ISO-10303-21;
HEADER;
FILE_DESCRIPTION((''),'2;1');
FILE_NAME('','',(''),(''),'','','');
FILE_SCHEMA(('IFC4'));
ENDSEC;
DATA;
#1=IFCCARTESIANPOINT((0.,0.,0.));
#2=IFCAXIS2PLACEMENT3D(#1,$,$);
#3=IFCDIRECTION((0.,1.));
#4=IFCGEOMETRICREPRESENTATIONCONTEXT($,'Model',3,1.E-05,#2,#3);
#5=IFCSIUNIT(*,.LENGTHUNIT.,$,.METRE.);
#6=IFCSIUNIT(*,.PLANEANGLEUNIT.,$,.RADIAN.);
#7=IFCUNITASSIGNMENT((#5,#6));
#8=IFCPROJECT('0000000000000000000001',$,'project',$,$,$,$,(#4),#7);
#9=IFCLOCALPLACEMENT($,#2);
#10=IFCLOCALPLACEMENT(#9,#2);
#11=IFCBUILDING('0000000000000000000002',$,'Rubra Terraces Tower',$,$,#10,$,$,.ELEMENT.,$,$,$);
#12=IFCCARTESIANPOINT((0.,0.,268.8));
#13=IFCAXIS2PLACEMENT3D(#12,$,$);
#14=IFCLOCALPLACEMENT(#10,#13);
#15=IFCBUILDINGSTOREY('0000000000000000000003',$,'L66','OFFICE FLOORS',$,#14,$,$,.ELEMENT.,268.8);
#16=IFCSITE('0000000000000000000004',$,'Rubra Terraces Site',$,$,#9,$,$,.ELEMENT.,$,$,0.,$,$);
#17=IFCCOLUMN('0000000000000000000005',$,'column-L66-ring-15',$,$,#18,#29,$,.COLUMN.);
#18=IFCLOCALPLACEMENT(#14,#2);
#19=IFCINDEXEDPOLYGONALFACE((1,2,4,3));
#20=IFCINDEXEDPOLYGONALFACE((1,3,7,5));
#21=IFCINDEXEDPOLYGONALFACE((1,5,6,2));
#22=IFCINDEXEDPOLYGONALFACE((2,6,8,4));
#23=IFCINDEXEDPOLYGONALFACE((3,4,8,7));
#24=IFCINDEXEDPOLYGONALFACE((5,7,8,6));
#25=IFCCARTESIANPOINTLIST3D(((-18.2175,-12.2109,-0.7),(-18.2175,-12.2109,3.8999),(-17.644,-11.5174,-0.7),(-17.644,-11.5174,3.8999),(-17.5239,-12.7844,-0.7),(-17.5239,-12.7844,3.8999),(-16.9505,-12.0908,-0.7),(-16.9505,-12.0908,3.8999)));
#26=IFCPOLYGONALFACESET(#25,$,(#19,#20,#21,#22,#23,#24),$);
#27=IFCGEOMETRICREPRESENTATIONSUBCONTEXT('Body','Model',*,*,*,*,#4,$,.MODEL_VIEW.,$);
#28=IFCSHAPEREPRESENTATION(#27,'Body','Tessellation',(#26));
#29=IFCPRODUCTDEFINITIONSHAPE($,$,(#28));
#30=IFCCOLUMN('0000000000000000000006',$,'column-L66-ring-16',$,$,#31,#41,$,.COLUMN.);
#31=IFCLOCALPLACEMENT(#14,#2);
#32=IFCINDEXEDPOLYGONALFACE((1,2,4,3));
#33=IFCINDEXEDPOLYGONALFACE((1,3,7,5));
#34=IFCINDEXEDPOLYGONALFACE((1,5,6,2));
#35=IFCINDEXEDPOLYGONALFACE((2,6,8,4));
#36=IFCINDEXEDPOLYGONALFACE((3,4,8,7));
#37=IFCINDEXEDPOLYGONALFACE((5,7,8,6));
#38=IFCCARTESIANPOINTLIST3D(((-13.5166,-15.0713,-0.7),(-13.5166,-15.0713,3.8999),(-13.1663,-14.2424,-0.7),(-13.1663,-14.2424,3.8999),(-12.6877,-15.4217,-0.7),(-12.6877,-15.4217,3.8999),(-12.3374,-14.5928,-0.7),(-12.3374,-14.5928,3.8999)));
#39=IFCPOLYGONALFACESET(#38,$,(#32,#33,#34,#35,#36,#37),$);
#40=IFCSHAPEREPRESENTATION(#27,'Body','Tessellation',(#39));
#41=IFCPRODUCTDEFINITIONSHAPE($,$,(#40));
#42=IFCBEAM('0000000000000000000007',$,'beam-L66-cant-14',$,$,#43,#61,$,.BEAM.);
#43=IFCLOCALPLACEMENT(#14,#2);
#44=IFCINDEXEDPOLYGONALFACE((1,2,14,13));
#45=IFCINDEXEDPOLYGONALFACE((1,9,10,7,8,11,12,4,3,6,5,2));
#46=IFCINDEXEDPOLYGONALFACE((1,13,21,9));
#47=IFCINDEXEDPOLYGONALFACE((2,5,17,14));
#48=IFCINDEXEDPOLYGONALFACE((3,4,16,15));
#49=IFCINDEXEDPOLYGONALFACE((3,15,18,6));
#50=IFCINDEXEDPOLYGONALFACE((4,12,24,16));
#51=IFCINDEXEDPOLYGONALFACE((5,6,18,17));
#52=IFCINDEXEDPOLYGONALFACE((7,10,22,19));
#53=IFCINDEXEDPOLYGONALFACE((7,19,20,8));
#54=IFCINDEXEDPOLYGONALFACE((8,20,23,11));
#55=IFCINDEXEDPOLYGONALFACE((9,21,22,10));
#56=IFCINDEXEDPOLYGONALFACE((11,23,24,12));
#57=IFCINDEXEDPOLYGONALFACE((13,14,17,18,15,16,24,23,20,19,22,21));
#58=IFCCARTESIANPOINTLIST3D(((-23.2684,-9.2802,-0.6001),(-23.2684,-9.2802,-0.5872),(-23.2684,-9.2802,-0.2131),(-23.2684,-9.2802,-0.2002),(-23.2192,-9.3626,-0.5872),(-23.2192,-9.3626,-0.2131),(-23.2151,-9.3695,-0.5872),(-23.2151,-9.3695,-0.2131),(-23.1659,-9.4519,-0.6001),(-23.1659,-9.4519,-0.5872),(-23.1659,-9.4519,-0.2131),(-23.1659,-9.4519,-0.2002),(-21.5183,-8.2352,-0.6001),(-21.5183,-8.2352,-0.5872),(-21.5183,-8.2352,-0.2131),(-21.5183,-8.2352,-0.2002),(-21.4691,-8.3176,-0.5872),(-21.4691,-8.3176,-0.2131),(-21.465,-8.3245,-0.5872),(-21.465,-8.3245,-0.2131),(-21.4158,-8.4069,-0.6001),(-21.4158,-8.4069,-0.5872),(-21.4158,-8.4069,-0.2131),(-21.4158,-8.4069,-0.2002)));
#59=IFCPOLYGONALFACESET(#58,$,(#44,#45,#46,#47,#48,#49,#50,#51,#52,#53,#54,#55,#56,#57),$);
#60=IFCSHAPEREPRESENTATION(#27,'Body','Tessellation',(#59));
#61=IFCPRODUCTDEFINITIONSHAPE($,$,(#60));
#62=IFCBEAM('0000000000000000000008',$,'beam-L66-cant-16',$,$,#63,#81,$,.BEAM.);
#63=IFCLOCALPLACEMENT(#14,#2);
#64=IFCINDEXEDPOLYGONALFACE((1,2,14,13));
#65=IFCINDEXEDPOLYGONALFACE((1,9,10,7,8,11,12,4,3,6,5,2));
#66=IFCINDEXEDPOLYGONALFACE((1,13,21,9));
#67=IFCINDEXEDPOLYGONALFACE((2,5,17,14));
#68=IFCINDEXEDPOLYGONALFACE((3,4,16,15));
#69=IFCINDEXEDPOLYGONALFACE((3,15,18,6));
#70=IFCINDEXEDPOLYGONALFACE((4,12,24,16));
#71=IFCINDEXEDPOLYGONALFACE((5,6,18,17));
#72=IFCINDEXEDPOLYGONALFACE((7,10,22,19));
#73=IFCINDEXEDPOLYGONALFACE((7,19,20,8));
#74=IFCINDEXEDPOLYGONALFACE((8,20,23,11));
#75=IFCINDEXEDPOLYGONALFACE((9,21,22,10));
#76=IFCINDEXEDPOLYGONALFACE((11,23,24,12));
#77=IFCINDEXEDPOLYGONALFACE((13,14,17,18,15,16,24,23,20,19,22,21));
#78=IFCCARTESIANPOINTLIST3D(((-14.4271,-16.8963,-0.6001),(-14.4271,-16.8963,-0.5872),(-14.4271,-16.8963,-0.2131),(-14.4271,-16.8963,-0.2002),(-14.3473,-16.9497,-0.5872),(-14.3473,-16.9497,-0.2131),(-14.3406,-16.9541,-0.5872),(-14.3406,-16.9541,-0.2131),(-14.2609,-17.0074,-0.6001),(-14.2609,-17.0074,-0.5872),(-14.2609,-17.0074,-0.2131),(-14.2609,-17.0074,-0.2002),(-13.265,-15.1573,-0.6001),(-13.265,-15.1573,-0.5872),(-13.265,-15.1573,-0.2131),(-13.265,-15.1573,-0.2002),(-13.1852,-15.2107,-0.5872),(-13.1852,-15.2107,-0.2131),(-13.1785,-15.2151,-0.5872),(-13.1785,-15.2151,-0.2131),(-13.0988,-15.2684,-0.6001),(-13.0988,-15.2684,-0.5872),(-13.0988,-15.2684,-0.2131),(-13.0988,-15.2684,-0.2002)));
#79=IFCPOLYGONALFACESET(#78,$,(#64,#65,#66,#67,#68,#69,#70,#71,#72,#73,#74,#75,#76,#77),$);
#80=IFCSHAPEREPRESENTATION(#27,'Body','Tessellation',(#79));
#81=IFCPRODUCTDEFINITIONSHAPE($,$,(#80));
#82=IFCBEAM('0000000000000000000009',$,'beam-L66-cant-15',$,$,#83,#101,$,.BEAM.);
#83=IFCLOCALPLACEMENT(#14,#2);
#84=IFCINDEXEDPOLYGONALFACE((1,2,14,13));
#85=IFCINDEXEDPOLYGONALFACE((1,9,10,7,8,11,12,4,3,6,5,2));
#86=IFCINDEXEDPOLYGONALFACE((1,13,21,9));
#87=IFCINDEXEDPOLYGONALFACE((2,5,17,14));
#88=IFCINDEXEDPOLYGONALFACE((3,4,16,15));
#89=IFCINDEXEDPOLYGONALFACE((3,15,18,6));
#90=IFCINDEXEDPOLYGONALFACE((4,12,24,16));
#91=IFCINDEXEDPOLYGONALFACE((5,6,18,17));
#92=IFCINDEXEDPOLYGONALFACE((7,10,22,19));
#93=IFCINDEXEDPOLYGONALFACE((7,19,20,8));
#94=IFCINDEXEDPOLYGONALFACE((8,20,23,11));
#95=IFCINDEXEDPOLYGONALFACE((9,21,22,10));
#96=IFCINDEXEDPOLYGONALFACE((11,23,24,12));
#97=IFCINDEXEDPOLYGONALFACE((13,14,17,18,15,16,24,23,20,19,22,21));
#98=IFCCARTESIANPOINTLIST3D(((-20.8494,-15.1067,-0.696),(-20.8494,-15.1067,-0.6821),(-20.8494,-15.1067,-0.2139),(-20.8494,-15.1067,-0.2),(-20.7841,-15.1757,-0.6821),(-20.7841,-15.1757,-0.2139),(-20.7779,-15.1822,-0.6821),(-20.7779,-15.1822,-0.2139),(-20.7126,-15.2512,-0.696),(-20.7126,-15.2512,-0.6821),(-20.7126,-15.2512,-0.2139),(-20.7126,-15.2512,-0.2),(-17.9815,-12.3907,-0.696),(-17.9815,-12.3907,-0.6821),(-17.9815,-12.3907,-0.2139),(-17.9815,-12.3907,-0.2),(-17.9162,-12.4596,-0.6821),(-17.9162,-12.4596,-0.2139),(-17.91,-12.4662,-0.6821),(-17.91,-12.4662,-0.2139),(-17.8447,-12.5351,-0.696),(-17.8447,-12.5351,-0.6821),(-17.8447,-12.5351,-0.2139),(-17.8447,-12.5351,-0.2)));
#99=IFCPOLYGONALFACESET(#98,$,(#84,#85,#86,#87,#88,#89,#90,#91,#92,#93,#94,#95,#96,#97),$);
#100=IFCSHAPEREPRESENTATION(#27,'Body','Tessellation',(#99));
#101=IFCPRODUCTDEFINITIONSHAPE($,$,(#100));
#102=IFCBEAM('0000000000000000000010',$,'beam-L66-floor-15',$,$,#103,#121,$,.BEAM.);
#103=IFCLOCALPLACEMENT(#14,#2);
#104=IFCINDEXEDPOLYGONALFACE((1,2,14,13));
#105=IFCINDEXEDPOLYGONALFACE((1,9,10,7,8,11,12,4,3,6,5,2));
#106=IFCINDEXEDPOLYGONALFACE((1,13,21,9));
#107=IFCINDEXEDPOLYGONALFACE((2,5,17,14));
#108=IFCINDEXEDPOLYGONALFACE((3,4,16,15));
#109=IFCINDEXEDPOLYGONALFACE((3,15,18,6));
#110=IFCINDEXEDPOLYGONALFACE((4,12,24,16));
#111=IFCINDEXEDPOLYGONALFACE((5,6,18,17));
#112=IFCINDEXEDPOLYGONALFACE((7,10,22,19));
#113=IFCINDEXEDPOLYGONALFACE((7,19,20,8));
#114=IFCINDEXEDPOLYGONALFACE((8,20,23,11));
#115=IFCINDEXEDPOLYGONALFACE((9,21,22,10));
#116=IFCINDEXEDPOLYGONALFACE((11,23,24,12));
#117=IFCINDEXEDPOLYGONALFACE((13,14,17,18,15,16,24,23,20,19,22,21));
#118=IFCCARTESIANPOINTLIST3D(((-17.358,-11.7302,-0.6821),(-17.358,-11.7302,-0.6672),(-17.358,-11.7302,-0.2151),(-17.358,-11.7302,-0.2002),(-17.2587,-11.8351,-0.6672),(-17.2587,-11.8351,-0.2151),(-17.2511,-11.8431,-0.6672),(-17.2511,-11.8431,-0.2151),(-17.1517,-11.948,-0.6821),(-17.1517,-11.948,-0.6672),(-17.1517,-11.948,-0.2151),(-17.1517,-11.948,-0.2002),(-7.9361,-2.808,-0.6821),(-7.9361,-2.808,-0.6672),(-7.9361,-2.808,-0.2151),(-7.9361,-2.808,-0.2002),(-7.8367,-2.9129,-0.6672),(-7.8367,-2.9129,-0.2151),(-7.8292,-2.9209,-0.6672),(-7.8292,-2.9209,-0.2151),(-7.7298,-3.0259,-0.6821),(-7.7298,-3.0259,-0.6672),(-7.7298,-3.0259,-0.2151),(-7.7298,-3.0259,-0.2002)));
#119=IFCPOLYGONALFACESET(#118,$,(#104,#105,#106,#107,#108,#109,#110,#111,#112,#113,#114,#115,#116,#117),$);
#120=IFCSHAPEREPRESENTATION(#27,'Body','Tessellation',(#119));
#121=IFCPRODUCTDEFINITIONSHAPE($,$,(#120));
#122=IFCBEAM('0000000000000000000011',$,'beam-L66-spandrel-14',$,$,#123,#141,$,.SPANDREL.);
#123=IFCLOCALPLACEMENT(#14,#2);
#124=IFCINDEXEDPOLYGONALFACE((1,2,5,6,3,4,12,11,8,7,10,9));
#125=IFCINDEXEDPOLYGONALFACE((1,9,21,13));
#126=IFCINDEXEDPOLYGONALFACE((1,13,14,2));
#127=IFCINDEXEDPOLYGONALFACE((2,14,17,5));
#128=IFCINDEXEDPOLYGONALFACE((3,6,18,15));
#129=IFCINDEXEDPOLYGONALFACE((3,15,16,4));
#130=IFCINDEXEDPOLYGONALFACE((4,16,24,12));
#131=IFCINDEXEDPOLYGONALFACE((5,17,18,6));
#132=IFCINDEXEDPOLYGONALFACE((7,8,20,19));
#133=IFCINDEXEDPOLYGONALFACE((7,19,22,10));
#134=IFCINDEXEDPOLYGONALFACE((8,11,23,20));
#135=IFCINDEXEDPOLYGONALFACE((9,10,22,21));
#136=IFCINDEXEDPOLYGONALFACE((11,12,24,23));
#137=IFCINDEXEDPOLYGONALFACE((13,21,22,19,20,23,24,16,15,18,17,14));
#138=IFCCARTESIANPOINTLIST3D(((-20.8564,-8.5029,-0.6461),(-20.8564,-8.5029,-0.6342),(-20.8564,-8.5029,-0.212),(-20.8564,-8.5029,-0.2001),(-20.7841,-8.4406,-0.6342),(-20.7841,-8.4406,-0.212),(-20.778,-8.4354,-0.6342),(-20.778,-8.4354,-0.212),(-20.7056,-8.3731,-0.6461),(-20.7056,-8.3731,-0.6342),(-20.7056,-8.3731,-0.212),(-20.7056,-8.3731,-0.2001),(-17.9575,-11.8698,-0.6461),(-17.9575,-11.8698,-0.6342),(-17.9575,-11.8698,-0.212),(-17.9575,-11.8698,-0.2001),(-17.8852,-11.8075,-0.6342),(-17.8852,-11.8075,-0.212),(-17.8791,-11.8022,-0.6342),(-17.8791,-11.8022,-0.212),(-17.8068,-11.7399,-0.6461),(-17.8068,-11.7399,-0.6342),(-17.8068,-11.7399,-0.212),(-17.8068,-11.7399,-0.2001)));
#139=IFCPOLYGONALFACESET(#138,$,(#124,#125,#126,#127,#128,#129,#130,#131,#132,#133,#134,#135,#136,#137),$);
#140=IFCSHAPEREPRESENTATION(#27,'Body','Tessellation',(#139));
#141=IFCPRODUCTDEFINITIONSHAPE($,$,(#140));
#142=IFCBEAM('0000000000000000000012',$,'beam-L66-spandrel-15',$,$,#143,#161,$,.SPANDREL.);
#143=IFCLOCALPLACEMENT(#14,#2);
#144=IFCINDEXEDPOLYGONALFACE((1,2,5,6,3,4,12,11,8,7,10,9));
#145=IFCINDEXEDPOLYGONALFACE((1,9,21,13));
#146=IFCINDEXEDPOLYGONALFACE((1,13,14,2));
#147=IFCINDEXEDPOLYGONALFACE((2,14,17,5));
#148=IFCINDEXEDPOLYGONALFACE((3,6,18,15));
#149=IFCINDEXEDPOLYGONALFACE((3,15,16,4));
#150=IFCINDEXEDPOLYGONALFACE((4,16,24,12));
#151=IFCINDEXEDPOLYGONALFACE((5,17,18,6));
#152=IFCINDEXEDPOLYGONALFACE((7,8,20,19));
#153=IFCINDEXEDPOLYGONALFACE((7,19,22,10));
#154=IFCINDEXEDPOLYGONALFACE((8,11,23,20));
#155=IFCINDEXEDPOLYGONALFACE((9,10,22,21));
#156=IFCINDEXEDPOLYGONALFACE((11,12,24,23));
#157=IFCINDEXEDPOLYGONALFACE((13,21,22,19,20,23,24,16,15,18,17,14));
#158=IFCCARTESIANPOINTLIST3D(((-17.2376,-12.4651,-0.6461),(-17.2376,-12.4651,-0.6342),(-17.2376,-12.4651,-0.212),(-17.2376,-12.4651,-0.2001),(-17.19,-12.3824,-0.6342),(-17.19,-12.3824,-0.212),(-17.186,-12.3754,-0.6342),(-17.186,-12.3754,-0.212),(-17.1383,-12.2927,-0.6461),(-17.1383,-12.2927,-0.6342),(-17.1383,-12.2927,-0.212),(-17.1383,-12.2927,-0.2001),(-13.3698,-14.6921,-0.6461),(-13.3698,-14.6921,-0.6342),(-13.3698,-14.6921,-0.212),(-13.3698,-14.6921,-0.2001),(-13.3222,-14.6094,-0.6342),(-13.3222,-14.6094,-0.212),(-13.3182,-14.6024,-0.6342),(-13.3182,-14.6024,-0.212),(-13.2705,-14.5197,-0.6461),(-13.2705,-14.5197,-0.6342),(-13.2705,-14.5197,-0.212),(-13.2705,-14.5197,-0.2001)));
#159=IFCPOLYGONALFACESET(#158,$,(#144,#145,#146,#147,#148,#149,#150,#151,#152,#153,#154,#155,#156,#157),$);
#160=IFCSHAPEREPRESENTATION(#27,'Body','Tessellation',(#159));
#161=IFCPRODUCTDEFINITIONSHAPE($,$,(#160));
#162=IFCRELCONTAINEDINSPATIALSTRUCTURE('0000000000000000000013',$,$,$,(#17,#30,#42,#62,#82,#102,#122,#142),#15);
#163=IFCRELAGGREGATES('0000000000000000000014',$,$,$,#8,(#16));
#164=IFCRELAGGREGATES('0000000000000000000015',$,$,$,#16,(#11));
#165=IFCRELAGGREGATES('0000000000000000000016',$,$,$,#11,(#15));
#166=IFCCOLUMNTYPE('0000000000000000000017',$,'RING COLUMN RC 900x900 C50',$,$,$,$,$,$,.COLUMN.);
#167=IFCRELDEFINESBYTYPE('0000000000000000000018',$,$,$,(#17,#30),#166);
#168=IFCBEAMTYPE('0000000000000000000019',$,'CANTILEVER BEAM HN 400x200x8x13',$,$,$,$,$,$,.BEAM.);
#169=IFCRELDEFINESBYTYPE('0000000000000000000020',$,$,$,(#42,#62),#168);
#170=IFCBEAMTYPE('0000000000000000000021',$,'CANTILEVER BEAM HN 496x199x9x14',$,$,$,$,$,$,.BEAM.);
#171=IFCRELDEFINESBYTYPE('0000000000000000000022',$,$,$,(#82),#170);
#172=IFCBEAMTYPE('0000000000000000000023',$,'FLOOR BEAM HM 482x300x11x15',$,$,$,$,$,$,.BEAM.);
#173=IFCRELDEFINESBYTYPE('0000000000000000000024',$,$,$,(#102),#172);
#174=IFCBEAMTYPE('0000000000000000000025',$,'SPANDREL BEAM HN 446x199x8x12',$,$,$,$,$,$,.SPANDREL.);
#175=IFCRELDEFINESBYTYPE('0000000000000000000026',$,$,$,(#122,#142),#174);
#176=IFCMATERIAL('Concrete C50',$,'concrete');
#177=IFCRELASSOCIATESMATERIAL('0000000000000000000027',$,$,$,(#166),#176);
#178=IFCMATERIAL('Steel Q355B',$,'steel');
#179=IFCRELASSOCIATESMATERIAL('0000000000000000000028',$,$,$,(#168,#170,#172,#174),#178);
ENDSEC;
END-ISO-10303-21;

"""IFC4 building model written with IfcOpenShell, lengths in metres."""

from ifc_helpers import new_model, si_unit, direction, frame, origin, origin_2d, place, context, subcontext, project, spatial, rectangle, i_section, extrude, material, material_profile, profile_set, type_object, element, save


model = new_model("IFC4")

# Units and contexts
model_context = context("Model", 3, precision=1e-05, world=origin(), true_north=direction((0.0, 1.0)))
body_context = subcontext(model_context, "Body", "Model", "MODEL_VIEW")
ifc_project = project(units=[si_unit("LENGTHUNIT", "METRE"), si_unit("PLANEANGLEUNIT", "RADIAN")], contexts=[model_context])

# Site, building, storey
site_placement = place(None, origin())
site = spatial("IfcSite", under=ifc_project, at=site_placement, Name="Rubra Terraces Site", CompositionType="ELEMENT", RefElevation=0.0)
building_placement = place(site_placement, origin())
building = spatial("IfcBuilding", under=site, at=building_placement, Name="Rubra Terraces Tower", CompositionType="ELEMENT")
storey_placement = place(building_placement, frame((0.0, 0.0, 268.8)))
storey = spatial("IfcBuildingStorey", under=building, at=storey_placement, Name="L66", Description="OFFICE FLOORS", CompositionType="ELEMENT", Elevation=268.8)

# Columns
ifc_material_1 = material(Name="Concrete C50", Category="concrete")
ifc_material_profile_1 = material_profile(ifc_material_1, rectangle(XDim=0.8999, YDim=0.8999, at=origin_2d()), Name="RC 900x900")
ifc_profile_set_1 = profile_set([ifc_material_profile_1], Name="Concrete C50")
column_type = type_object("IfcColumnType", Name="RING COLUMN RC 900x900 C50", PredefinedType="COLUMN", material=ifc_profile_set_1)
for number, where, z_axis, x_axis, name in (
    (1, (-17.584, -12.1509, -0.7), (0.0, 0.0, 1.0), (0.770679, -0.637223, 0.0), "column-L66-ring-15"),
    (2, (-12.927, -14.832, -0.7), (0.0, 0.0, 1.0), (0.921106, -0.389313, 0.0), "column-L66-ring-16"),
):
    element("IfcColumn", number, at=place(storey_placement, frame(where, z_axis=z_axis, x_axis=x_axis)), inside=storey, type_object=column_type, Name=name, PredefinedType="COLUMN", context=body_context, shape_type="SweptSolid", body=[
        extrude(rectangle(XDim=0.8999, YDim=0.8999, at=origin_2d()), origin(), (0.0, 0.0, 1.0), 4.5999),
    ])

# Beams
ifc_material_2 = material(Name="Steel Q355B", Category="steel")
ifc_material_profile_2 = material_profile(ifc_material_2, i_section(OverallWidth=0.2, OverallDepth=0.3999, WebThickness=0.0081, FlangeThickness=0.0129, at=origin_2d()), Name="HN 400x200x8x13")
ifc_profile_set_2 = profile_set([ifc_material_profile_2], Name="Steel Q355B")
beam_type_1 = type_object("IfcBeamType", Name="CANTILEVER BEAM HN 400x200x8x13", PredefinedType="BEAM", material=ifc_profile_set_2)
beam_1_placement = place(storey_placement, frame((-21.467, -8.321, -0.4001), z_axis=(-0.85859, -0.512663, 0.0), x_axis=(0.512663, -0.85859, 0.0)))
element("IfcBeam", 3, at=beam_1_placement, inside=storey, type_object=beam_type_1, Name="beam-L66-cant-14", PredefinedType="BEAM", context=body_context, shape_type="SweptSolid", body=[
    extrude(i_section(OverallWidth=0.2, OverallDepth=0.3999, WebThickness=0.0081, FlangeThickness=0.0129, at=origin_2d()), origin(), (0.0, 0.0, 1.0), 2.0383),
])
beam_2_placement = place(storey_placement, frame((-13.1819, -15.2129, -0.4001), z_axis=(-0.555616, -0.831439, 0.0), x_axis=(0.831439, -0.555616, 0.0)))
element("IfcBeam", 4, at=beam_2_placement, inside=storey, type_object=beam_type_1, Name="beam-L66-cant-16", PredefinedType="BEAM", context=body_context, shape_type="SweptSolid", body=[
    extrude(i_section(OverallWidth=0.2, OverallDepth=0.3999, WebThickness=0.0081, FlangeThickness=0.0129, at=origin_2d()), origin(), (0.0, 0.0, 1.0), 2.0916),
])
ifc_material_profile_3 = material_profile(ifc_material_2, i_section(OverallWidth=0.199, OverallDepth=0.4961, WebThickness=0.009, FlangeThickness=0.0139, at=origin_2d()), Name="HN 496x199x9x14")
ifc_profile_set_3 = profile_set([ifc_material_profile_3], Name="Steel Q355B")
beam_type_2 = type_object("IfcBeamType", Name="CANTILEVER BEAM HN 496x199x9x14", PredefinedType="BEAM", material=ifc_profile_set_3)
beam_3_placement = place(storey_placement, frame((-17.9131, -12.4629, -0.448), z_axis=(-0.726068, -0.687623, 0.0), x_axis=(0.687623, -0.726068, 0.0)))
element("IfcBeam", 5, at=beam_3_placement, inside=storey, type_object=beam_type_2, Name="beam-L66-cant-15", PredefinedType="BEAM", context=body_context, shape_type="SweptSolid", body=[
    extrude(i_section(OverallWidth=0.199, OverallDepth=0.4961, WebThickness=0.009, FlangeThickness=0.0139, at=origin_2d()), origin(), (0.0, 0.0, 1.0), 3.95),
])
ifc_material_profile_4 = material_profile(ifc_material_2, i_section(OverallWidth=0.3, OverallDepth=0.4819, WebThickness=0.011, FlangeThickness=0.0149, at=origin_2d()), Name="HM 482x300x11x15")
ifc_profile_set_4 = profile_set([ifc_material_profile_4], Name="Steel Q355B")
beam_type_3 = type_object("IfcBeamType", Name="FLOOR BEAM HM 482x300x11x15", PredefinedType="BEAM", material=ifc_profile_set_4)
beam_4_placement = place(storey_placement, frame((-17.2549, -11.8391, -0.4412), z_axis=(0.726101, 0.687588, 0.0), x_axis=(-0.687588, 0.726101, 0.0)))
element("IfcBeam", 6, at=beam_4_placement, inside=storey, type_object=beam_type_3, Name="beam-L66-floor-15", PredefinedType="BEAM", context=body_context, shape_type="SweptSolid", body=[
    extrude(i_section(OverallWidth=0.3, OverallDepth=0.4819, WebThickness=0.011, FlangeThickness=0.0149, at=origin_2d()), origin(), (0.0, 0.0, 1.0), 12.9761),
])
ifc_material_profile_5 = material_profile(ifc_material_2, i_section(OverallWidth=0.199, OverallDepth=0.446, WebThickness=0.0081, FlangeThickness=0.012, at=origin_2d()), Name="HN 446x199x8x12")
ifc_profile_set_5 = profile_set([ifc_material_profile_5], Name="Steel Q355B")
beam_type_4 = type_object("IfcBeamType", Name="SPANDREL BEAM HN 446x199x8x12", PredefinedType="SPANDREL", material=ifc_profile_set_5)
beam_5_placement = place(storey_placement, frame((-20.781, -8.438, -0.4231), z_axis=(0.652473, -0.757812, 0.0), x_axis=(0.757812, 0.652473, 0.0)))
element("IfcBeam", 7, at=beam_5_placement, inside=storey, type_object=beam_type_4, Name="beam-L66-spandrel-14", PredefinedType="SPANDREL", context=body_context, shape_type="SweptSolid", body=[
    extrude(i_section(OverallWidth=0.199, OverallDepth=0.446, WebThickness=0.0081, FlangeThickness=0.012, at=origin_2d()), origin(), (0.0, 0.0, 1.0), 4.4429),
])
beam_6_placement = place(storey_placement, frame((-17.188, -12.3789, -0.4231), z_axis=(0.866616, -0.498976, 0.0), x_axis=(0.498976, 0.866616, 0.0)))
element("IfcBeam", 8, at=beam_6_placement, inside=storey, type_object=beam_type_4, Name="beam-L66-spandrel-15", PredefinedType="SPANDREL", context=body_context, shape_type="SweptSolid", body=[
    extrude(i_section(OverallWidth=0.199, OverallDepth=0.446, WebThickness=0.0081, FlangeThickness=0.012, at=origin_2d()), origin(), (0.0, 0.0, 1.0), 4.4631),
])

save(model, "model.ifc")
